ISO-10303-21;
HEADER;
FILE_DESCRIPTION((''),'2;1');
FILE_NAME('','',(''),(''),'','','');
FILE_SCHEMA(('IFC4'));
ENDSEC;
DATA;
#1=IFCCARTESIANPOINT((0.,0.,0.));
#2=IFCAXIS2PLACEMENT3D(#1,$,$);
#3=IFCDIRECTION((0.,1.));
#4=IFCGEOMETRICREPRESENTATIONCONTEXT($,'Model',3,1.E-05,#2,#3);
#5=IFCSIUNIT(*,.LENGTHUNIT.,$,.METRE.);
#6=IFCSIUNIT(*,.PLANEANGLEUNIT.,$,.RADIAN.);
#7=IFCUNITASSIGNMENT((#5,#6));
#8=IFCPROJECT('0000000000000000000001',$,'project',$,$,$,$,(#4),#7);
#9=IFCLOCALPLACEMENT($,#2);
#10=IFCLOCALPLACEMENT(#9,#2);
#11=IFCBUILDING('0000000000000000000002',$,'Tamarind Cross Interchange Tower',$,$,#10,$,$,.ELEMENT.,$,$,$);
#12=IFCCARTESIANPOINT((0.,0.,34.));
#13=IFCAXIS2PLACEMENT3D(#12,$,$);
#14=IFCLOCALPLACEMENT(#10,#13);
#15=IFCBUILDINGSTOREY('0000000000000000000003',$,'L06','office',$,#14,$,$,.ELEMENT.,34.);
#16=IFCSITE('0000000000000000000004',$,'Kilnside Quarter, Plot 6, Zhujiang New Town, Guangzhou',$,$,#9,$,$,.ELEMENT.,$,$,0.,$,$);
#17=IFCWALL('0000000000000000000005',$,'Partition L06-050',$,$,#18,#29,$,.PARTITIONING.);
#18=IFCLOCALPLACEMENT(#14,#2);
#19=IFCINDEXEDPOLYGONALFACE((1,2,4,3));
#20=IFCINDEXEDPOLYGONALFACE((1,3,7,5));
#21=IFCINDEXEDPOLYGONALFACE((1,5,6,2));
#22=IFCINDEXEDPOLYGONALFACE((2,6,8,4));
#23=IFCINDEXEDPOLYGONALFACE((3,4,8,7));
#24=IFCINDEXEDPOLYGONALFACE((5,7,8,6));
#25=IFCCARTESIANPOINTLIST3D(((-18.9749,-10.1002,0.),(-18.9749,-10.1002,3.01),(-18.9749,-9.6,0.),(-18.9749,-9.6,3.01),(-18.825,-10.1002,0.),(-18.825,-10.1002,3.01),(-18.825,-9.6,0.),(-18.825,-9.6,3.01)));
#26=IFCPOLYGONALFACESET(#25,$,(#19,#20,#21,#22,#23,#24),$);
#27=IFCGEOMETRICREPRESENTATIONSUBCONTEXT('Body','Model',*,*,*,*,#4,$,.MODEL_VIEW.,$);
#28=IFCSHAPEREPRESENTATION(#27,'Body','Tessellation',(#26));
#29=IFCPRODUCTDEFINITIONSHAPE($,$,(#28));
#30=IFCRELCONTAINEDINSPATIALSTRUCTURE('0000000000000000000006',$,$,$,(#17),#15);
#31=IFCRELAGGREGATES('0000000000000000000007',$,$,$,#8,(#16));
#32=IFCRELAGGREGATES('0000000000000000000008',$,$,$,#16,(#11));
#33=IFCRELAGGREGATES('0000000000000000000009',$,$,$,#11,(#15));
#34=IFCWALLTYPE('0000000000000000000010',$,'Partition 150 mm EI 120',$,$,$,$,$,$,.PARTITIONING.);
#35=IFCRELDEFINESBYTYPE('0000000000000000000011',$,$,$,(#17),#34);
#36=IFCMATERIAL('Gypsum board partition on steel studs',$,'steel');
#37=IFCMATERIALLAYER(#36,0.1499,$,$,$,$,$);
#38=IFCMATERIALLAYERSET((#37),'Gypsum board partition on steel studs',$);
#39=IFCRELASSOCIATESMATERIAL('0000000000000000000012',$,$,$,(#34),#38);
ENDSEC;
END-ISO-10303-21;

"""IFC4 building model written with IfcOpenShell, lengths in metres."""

from ifc_helpers import new_model, si_unit, direction, frame, frame_2d, origin, place, context, subcontext, project, spatial, rectangle, extrude, material, layer, layer_set, type_object, element, save


model = new_model("IFC4")

# Units and contexts
model_context = context("Model", 3, precision=1e-05, world=origin(), true_north=direction((0.0, 1.0)))
body_context = subcontext(model_context, "Body", "Model", "MODEL_VIEW")
ifc_project = project(units=[si_unit("LENGTHUNIT", "METRE"), si_unit("PLANEANGLEUNIT", "RADIAN")], contexts=[model_context])

# Site, building, storey
site_placement = place(None, origin())
site = spatial("IfcSite", under=ifc_project, at=site_placement, Name="Kilnside Quarter, Plot 6, Zhujiang New Town, Guangzhou", CompositionType="ELEMENT", RefElevation=0.0)
building_placement = place(site_placement, origin())
building = spatial("IfcBuilding", under=site, at=building_placement, Name="Tamarind Cross Interchange Tower", CompositionType="ELEMENT")
storey_placement = place(building_placement, frame((0.0, 0.0, 34.0)))
storey = spatial("IfcBuildingStorey", under=building, at=storey_placement, Name="L06", Description="office", CompositionType="ELEMENT", Elevation=34.0)

# Shared definitions
ifc_material_1 = material(Name="Gypsum board partition on steel studs", Category="steel")
ifc_layer_1 = layer(ifc_material_1, 0.1499)
ifc_layer_set_1 = layer_set([ifc_layer_1], Name="Gypsum board partition on steel studs")
wall_type_1 = type_object("IfcWallType", Name="Partition 150 mm EI 120", PredefinedType="PARTITIONING", material=ifc_layer_set_1)

# Wall
wall_1_placement = place(storey_placement, frame((-18.8999, -10.1001, 0.0), z_axis=(0.0, 0.0, 1.0), x_axis=(0.0, 1.0, 0.0)))
element("IfcWall", 1, at=wall_1_placement, inside=storey, type_object=wall_type_1, Name="Partition L06-050", PredefinedType="PARTITIONING", context=body_context, shape_type="SweptSolid", body=[
    extrude(rectangle(XDim=0.5002, YDim=0.1499, at=frame_2d((0.25, 0.0))), origin(), (0.0, 0.0, 1.0), 3.01),
])

save(model, "model.ifc")
